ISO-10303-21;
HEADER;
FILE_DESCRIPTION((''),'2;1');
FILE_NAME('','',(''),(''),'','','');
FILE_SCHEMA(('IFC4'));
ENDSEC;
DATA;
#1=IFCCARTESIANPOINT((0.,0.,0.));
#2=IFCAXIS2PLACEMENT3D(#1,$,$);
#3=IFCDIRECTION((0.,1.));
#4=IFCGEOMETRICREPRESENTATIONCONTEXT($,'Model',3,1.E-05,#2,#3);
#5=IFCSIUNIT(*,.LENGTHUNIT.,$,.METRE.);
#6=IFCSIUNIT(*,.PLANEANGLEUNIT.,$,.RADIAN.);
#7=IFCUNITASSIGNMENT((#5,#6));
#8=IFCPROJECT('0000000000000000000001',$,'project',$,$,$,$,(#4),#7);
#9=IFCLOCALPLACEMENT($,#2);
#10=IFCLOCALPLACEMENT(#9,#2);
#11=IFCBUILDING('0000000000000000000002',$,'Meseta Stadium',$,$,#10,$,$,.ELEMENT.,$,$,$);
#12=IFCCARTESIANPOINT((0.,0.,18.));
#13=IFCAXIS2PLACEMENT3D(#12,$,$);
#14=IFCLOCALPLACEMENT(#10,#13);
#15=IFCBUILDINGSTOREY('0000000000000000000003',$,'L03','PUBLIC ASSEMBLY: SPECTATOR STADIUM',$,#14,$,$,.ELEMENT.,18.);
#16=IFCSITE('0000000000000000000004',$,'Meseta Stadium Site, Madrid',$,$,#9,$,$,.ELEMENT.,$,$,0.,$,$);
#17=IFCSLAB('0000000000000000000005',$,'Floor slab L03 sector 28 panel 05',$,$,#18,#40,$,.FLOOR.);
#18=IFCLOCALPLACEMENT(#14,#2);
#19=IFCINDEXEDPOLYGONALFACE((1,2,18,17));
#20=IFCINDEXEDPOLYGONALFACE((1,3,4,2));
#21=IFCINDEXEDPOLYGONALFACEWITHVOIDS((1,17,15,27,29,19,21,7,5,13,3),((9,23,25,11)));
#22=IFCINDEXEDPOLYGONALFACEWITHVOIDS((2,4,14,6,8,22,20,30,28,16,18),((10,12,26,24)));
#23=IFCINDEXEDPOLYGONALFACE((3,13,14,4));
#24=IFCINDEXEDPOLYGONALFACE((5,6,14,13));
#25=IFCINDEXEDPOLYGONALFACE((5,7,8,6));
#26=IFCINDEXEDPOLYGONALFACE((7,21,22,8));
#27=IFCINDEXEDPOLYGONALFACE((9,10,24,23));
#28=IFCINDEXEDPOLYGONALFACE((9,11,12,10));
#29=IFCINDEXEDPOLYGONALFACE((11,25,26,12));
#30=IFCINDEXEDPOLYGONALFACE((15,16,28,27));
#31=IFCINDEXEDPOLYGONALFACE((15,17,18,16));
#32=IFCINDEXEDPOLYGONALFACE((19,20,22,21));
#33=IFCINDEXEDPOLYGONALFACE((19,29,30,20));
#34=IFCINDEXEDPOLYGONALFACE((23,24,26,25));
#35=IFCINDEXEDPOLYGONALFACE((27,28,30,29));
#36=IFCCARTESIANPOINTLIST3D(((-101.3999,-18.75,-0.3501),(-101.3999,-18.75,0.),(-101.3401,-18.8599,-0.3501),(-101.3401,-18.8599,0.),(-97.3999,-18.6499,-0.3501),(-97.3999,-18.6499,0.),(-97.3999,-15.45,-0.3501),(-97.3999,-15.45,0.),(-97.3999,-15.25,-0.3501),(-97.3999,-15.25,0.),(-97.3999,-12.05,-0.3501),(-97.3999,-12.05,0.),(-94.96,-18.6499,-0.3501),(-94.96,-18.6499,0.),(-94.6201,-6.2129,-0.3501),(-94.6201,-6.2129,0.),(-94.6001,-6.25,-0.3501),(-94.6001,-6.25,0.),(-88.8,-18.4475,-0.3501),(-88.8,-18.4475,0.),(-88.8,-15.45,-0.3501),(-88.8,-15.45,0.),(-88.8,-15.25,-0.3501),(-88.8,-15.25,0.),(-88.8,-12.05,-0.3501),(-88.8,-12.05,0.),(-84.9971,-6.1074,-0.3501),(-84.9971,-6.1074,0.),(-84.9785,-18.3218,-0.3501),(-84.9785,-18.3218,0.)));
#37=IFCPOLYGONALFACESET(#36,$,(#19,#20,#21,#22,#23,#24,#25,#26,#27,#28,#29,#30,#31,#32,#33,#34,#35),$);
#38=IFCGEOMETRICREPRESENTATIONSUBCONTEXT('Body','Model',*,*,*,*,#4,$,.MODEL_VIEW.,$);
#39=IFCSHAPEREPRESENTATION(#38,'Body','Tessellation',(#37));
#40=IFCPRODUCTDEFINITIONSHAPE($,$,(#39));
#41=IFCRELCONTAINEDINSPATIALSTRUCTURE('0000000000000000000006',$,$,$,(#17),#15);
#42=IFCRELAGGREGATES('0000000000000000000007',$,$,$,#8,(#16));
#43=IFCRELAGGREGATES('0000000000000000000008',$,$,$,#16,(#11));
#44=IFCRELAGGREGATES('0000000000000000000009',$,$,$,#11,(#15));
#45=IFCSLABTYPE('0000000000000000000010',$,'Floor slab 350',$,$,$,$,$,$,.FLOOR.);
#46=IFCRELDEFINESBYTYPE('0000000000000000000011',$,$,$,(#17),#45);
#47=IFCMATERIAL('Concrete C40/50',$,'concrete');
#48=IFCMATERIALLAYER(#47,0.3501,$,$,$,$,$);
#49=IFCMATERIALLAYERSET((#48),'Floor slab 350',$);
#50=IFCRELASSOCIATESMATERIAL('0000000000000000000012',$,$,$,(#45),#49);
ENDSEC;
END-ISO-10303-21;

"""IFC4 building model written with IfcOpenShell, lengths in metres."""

from ifc_helpers import new_model, si_unit, direction, frame, origin, place, context, subcontext, project, spatial, polyline, outline, extrude, material, layer, layer_set, type_object, element, save


model = new_model("IFC4")

# Units and contexts
model_context = context("Model", 3, precision=1e-05, world=origin(), true_north=direction((0.0, 1.0)))
body_context = subcontext(model_context, "Body", "Model", "MODEL_VIEW")
ifc_project = project(units=[si_unit("LENGTHUNIT", "METRE"), si_unit("PLANEANGLEUNIT", "RADIAN")], contexts=[model_context])

# Site, building, storey
site_placement = place(None, origin())
site = spatial("IfcSite", under=ifc_project, at=site_placement, Name="Meseta Stadium Site, Madrid", CompositionType="ELEMENT", RefElevation=0.0)
building_placement = place(site_placement, origin())
building = spatial("IfcBuilding", under=site, at=building_placement, Name="Meseta Stadium", CompositionType="ELEMENT")
storey_placement = place(building_placement, frame((0.0, 0.0, 18.0)))
storey = spatial("IfcBuildingStorey", under=building, at=storey_placement, Name="L03", Description="PUBLIC ASSEMBLY: SPECTATOR STADIUM", CompositionType="ELEMENT", Elevation=18.0)

# Slab
ifc_material = material(Name="Concrete C40/50", Category="concrete")
ifc_layer = layer(ifc_material, 0.3501)
ifc_layer_set = layer_set([ifc_layer], Name="Floor slab 350")
slab_type = type_object("IfcSlabType", Name="Floor slab 350", PredefinedType="FLOOR", material=ifc_layer_set)
slab_1_placement = place(storey_placement, frame((0.0, 0.0, -0.3501)))
element("IfcSlab", 1, at=slab_1_placement, inside=storey, type_object=slab_type, Name="Floor slab L03 sector 28 panel 05", PredefinedType="FLOOR", context=body_context, shape_type="SweptSolid", body=[
    extrude(outline(polyline([(-84.9971, -6.1074), (-94.6201, -6.2129), (-94.6001, -6.25), (-101.3999, -18.75), (-101.3401, -18.8599), (-94.96, -18.6499), (-97.3999, -18.6499), (-97.3999, -15.45), (-88.8, -15.45), (-88.8, -18.4475), (-84.9785, -18.3218), (-84.9971, -6.1074)]), holes=[polyline([(-88.8, -12.05), (-88.8, -15.25), (-97.3999, -15.25), (-97.3999, -12.05), (-88.8, -12.05)])]), origin(), (0.0, 0.0, 1.0), 0.3501),
])

save(model, "model.ifc")
